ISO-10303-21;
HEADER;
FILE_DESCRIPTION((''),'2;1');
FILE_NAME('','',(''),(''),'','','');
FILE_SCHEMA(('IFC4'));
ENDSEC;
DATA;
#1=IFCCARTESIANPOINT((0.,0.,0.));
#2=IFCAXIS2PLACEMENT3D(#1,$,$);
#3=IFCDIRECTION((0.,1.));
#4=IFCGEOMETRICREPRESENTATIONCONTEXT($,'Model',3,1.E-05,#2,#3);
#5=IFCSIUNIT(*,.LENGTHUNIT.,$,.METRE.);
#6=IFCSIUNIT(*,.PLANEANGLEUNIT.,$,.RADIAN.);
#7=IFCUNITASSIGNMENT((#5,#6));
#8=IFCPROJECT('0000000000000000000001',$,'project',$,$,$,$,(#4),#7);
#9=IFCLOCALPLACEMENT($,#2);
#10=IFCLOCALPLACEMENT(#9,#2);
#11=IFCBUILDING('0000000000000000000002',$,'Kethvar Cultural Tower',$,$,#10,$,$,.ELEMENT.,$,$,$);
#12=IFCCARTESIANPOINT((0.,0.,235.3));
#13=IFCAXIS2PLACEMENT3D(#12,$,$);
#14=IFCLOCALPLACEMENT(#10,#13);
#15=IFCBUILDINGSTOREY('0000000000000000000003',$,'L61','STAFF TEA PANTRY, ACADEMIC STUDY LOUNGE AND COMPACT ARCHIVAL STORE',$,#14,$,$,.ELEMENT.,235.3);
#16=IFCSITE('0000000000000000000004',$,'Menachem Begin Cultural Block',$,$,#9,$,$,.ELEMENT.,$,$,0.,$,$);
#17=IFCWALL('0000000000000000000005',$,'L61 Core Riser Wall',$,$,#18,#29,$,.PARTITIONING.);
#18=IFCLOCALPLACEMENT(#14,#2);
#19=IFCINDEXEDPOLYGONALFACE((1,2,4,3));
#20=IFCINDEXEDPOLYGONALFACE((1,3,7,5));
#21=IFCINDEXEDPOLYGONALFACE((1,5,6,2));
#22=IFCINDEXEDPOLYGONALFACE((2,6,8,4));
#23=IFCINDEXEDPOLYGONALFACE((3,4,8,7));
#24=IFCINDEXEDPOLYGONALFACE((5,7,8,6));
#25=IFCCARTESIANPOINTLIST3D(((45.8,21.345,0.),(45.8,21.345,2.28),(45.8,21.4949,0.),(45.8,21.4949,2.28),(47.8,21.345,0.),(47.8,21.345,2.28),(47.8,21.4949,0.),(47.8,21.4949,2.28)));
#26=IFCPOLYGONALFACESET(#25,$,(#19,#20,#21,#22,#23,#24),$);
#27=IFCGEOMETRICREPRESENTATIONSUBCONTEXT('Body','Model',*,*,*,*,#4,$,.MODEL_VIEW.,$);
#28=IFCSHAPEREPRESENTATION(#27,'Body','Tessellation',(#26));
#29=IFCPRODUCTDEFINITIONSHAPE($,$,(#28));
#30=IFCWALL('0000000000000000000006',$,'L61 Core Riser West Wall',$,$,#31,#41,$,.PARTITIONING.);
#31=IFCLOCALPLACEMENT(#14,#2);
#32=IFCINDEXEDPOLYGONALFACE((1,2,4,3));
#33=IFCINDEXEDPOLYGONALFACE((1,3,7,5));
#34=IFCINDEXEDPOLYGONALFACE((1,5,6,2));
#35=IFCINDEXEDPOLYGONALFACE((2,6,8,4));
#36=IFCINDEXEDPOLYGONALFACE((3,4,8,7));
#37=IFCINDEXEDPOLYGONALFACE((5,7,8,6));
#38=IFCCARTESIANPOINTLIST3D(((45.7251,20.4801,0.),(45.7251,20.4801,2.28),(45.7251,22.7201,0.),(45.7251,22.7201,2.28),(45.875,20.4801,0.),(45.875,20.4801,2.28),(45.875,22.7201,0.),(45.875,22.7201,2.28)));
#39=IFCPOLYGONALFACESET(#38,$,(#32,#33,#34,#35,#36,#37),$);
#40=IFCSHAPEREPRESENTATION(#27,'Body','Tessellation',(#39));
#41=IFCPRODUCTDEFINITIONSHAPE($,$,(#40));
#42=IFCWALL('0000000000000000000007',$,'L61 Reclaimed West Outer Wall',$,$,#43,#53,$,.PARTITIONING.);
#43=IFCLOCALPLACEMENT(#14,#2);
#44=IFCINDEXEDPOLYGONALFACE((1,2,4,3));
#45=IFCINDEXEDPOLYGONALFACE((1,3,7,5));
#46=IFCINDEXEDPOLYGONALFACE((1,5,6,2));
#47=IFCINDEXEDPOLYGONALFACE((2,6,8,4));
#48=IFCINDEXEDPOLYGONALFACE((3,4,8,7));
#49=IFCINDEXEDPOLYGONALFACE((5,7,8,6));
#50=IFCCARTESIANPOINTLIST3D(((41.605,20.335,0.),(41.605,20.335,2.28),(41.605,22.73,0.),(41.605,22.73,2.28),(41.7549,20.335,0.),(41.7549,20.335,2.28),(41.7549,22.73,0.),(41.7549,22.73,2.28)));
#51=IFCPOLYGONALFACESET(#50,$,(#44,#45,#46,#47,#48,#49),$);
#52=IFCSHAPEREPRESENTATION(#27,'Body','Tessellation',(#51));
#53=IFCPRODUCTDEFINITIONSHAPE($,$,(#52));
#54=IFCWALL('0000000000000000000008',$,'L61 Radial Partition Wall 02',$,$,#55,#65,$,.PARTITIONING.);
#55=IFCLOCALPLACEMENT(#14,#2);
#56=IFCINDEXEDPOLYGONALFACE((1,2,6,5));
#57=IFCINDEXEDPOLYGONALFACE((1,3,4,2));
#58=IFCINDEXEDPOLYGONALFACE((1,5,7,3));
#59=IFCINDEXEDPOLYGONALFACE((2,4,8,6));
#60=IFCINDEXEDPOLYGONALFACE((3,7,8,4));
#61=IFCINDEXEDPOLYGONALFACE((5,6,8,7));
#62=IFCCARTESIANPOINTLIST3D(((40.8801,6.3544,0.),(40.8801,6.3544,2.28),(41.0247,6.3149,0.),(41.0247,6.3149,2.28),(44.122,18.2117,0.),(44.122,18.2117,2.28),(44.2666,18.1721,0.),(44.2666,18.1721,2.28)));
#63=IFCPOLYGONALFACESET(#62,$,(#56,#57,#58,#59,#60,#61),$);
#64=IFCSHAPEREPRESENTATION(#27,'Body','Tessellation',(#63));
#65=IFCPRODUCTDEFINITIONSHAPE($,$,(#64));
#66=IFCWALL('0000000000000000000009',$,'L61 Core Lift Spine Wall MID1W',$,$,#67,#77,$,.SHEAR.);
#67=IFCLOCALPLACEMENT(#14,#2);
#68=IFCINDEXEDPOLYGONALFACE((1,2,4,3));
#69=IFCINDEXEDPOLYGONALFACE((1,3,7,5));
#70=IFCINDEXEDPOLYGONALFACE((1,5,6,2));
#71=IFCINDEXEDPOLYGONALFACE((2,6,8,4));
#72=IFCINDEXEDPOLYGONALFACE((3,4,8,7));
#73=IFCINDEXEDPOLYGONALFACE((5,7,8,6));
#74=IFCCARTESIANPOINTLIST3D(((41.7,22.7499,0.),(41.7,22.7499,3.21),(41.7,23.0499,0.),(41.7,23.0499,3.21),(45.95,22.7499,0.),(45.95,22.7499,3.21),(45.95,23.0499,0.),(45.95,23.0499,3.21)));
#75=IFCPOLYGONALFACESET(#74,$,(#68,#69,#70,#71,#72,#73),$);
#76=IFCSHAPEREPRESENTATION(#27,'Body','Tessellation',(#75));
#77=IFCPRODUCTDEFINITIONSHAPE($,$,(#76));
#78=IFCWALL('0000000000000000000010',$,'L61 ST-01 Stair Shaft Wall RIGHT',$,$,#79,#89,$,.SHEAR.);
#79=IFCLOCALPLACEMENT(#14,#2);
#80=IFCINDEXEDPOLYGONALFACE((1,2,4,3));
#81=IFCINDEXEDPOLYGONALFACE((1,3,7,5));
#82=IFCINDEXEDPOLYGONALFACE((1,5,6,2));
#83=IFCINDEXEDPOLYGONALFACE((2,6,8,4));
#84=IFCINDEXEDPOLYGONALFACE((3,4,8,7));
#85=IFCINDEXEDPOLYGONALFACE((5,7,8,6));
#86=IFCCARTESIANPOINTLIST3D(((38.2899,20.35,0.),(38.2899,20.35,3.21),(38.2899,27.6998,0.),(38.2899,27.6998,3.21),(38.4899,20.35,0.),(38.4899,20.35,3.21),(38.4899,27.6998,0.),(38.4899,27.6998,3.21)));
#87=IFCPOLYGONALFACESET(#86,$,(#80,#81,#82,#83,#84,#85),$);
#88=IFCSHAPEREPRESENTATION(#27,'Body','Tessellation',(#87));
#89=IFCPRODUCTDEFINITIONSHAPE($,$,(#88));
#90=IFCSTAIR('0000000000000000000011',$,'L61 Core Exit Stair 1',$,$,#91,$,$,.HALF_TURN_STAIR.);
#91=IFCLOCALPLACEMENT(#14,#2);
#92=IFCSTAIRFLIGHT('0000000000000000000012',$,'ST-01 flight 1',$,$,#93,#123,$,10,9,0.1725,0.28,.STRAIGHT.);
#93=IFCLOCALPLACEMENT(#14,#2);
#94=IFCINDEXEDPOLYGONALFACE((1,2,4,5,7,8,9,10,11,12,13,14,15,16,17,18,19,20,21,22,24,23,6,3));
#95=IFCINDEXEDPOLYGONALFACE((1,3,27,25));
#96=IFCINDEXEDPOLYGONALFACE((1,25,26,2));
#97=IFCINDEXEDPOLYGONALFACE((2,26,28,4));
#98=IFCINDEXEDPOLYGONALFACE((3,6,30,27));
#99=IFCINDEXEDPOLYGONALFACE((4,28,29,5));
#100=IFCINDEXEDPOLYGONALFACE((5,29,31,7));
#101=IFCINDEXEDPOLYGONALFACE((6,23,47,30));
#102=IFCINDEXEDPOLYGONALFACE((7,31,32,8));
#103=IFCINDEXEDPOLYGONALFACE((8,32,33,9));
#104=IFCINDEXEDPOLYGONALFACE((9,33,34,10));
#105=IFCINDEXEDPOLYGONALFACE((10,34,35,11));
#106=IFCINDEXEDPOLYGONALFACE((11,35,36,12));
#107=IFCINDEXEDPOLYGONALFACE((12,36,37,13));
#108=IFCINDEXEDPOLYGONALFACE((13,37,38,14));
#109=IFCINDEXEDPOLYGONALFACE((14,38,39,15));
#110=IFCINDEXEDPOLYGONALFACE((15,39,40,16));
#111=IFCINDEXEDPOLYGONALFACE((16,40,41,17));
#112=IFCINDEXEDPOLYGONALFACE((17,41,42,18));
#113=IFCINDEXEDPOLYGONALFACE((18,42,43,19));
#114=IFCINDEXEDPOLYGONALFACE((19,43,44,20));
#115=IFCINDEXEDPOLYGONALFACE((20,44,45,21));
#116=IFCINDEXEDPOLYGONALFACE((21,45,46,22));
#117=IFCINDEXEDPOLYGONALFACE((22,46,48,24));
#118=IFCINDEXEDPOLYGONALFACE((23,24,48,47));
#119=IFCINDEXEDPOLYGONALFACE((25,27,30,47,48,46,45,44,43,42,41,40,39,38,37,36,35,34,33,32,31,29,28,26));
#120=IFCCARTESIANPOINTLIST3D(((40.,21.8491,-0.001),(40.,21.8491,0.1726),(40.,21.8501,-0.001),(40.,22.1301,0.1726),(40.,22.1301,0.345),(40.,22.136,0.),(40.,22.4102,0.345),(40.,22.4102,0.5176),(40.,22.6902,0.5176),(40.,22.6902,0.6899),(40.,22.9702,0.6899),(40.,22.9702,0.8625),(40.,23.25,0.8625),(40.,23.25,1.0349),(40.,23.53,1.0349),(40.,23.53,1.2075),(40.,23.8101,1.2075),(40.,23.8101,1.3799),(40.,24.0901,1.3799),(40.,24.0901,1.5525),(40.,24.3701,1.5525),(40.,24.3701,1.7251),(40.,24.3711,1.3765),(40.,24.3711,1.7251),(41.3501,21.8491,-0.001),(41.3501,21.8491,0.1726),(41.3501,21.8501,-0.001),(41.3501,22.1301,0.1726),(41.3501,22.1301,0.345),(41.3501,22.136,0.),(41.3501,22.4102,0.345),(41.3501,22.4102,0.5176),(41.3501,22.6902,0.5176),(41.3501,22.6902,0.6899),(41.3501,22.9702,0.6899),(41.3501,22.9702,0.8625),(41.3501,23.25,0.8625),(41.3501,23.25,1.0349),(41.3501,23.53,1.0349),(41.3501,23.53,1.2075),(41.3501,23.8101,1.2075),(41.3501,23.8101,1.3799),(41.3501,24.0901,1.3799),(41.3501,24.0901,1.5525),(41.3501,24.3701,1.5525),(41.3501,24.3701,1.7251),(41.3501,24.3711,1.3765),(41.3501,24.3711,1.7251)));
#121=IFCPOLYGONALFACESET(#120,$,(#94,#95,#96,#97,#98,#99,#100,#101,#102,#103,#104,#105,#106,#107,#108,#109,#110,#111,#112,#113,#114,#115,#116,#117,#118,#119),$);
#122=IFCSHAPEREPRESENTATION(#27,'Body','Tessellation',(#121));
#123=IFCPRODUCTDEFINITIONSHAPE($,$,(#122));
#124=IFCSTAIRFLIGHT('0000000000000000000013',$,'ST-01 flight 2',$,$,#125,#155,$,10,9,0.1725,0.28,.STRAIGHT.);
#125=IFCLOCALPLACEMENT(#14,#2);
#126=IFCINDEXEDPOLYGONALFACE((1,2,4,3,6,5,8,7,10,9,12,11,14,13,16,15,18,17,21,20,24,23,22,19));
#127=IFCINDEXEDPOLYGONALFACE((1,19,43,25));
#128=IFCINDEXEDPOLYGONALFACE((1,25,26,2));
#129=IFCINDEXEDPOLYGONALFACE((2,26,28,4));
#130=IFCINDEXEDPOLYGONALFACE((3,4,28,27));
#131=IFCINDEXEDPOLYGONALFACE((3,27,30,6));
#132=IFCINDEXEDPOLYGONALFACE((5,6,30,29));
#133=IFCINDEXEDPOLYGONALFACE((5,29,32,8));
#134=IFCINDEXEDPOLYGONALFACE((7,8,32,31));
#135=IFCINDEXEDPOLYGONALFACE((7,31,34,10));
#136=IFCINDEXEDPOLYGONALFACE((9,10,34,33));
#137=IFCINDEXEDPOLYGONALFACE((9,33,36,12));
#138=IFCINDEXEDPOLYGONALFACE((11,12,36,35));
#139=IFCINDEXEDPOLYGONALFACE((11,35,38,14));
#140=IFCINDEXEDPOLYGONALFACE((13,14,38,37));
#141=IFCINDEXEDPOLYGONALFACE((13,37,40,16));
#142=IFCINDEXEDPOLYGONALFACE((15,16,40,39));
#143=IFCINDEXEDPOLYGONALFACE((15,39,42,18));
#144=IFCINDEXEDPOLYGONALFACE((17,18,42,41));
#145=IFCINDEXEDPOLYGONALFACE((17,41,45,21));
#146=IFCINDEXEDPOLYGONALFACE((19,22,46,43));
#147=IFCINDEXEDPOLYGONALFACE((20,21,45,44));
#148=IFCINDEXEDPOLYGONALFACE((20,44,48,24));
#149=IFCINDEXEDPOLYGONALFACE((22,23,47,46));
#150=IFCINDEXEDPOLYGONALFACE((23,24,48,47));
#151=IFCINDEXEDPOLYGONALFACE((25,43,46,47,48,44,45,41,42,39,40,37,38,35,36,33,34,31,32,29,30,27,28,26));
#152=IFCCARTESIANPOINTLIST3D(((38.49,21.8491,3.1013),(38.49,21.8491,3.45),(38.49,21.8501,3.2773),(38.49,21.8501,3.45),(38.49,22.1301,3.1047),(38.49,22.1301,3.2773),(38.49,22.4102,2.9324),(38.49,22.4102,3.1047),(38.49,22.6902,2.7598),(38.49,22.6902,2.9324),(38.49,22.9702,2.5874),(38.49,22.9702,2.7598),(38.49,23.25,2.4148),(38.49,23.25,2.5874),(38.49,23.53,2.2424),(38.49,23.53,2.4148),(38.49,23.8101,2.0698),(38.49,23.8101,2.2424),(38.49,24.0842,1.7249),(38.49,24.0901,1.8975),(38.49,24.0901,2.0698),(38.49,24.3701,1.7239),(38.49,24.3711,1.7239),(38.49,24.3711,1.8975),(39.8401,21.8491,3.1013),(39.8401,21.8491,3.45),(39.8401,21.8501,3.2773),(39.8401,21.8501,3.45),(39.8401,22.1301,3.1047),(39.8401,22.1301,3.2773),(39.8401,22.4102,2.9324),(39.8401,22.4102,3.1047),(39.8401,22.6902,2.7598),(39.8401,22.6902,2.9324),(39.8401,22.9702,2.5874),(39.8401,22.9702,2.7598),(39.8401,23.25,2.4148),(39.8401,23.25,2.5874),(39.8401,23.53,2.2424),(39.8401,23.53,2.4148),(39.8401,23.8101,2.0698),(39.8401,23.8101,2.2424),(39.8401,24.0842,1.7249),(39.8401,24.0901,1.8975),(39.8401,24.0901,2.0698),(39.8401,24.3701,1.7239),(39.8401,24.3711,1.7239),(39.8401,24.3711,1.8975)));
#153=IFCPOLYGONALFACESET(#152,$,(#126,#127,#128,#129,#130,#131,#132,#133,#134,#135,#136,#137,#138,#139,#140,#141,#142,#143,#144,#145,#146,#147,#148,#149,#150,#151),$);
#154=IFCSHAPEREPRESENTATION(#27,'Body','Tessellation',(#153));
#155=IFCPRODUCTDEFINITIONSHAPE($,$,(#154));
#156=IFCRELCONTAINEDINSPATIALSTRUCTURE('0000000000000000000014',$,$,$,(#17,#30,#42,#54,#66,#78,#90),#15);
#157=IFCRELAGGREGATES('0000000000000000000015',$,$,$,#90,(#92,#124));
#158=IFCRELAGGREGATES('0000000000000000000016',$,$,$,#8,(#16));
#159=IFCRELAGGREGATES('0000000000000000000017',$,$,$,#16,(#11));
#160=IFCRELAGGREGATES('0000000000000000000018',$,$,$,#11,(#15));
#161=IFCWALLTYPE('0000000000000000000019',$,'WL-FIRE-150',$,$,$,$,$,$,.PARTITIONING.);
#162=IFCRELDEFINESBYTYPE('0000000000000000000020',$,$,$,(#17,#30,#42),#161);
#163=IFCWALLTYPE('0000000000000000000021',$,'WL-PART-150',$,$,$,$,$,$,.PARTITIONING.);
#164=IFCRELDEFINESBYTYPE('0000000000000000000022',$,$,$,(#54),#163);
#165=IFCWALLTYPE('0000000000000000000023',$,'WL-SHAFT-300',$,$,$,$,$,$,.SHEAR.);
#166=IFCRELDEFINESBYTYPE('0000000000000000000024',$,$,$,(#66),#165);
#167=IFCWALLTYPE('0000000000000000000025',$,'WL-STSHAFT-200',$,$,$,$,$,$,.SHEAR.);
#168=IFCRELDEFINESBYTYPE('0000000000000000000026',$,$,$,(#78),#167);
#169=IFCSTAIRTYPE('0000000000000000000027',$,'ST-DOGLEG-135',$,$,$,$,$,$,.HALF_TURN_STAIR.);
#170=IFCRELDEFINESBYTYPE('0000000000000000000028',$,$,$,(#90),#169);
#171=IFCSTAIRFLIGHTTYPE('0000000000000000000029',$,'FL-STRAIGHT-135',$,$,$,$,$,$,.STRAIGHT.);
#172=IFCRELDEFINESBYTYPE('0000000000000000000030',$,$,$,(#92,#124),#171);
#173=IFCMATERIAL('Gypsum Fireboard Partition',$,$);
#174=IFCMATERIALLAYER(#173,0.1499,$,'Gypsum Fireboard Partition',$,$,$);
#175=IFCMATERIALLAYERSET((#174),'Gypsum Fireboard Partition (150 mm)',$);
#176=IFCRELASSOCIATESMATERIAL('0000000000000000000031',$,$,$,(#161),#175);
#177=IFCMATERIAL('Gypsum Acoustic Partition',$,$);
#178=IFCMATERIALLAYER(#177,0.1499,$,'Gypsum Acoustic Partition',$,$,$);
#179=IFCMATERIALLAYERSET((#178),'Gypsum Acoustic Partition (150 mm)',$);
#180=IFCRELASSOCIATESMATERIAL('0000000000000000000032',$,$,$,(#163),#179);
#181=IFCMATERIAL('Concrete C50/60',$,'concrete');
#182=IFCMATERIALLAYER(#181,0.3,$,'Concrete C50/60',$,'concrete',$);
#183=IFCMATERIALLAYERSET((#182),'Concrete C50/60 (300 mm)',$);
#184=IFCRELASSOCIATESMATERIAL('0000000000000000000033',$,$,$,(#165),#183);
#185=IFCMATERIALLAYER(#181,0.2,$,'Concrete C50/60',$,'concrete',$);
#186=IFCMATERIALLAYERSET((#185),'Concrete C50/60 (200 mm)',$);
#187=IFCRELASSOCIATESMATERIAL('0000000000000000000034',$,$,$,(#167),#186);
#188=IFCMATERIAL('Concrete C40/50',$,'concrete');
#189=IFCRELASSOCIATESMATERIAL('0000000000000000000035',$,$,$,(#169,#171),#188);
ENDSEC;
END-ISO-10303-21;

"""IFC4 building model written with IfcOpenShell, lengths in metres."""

from ifc_helpers import new_model, si_unit, direction, frame, frame_2d, origin, place, context, subcontext, project, spatial, polyline, rectangle, outline, extrude, material, layer, layer_set, type_object, element, aggregate, save


model = new_model("IFC4")

# Units and contexts
model_context = context("Model", 3, precision=1e-05, world=origin(), true_north=direction((0.0, 1.0)))
body_context = subcontext(model_context, "Body", "Model", "MODEL_VIEW")
ifc_project = project(units=[si_unit("LENGTHUNIT", "METRE"), si_unit("PLANEANGLEUNIT", "RADIAN")], contexts=[model_context])

# Site, building, storey
site_placement = place(None, origin())
site = spatial("IfcSite", under=ifc_project, at=site_placement, Name="Menachem Begin Cultural Block", CompositionType="ELEMENT", RefElevation=0.0)
building_placement = place(site_placement, origin())
building = spatial("IfcBuilding", under=site, at=building_placement, Name="Kethvar Cultural Tower", CompositionType="ELEMENT")
storey_placement = place(building_placement, frame((0.0, 0.0, 235.3)))
storey = spatial("IfcBuildingStorey", under=building, at=storey_placement, Name="L61", Description="STAFF TEA PANTRY, ACADEMIC STUDY LOUNGE AND COMPACT ARCHIVAL STORE", CompositionType="ELEMENT", Elevation=235.3)

# Shared definitions
ifc_material_1 = material(Name="Concrete C50/60", Category="concrete")

# Walls
ifc_material_2 = material(Name="Gypsum Fireboard Partition")
ifc_layer_1 = layer(ifc_material_2, 0.1499, Name="Gypsum Fireboard Partition")
ifc_layer_set_1 = layer_set([ifc_layer_1], Name="Gypsum Fireboard Partition (150 mm)")
wall_type_1 = type_object("IfcWallType", Name="WL-FIRE-150", PredefinedType="PARTITIONING", material=ifc_layer_set_1)
wall_1_placement = place(storey_placement, frame((45.8, 21.4199, 0.0), z_axis=(0.0, 0.0, 1.0), x_axis=(1.0, 0.0, 0.0)))
element("IfcWall", 1, at=wall_1_placement, inside=storey, type_object=wall_type_1, Name="L61 Core Riser Wall", PredefinedType="PARTITIONING", context=body_context, shape_type="SweptSolid", body=[
    extrude(rectangle(XDim=2.0, YDim=0.1499, at=frame_2d((1.0, 0.0))), origin(), (0.0, 0.0, 1.0), 2.28),
])
wall_2_placement = place(storey_placement, frame((45.8, 20.48, 0.0), z_axis=(0.0, 0.0, 1.0), x_axis=(0.0, 1.0, 0.0)))
element("IfcWall", 2, at=wall_2_placement, inside=storey, type_object=wall_type_1, Name="L61 Core Riser West Wall", PredefinedType="PARTITIONING", context=body_context, shape_type="SweptSolid", body=[
    extrude(rectangle(XDim=2.24, YDim=0.1499, at=frame_2d((1.1201, 0.0))), origin(), (0.0, 0.0, 1.0), 2.28),
])
wall_3_placement = place(storey_placement, frame((41.6799, 20.335, 0.0), z_axis=(0.0, 0.0, 1.0), x_axis=(0.0, 1.0, 0.0)))
element("IfcWall", 3, at=wall_3_placement, inside=storey, type_object=wall_type_1, Name="L61 Reclaimed West Outer Wall", PredefinedType="PARTITIONING", context=body_context, shape_type="SweptSolid", body=[
    extrude(rectangle(XDim=2.395, YDim=0.1499, at=frame_2d((1.1975, 0.0))), origin(), (0.0, 0.0, 1.0), 2.28),
])

# Walls
ifc_material_3 = material(Name="Gypsum Acoustic Partition")
ifc_layer_2 = layer(ifc_material_3, 0.1499, Name="Gypsum Acoustic Partition")
ifc_layer_set_2 = layer_set([ifc_layer_2], Name="Gypsum Acoustic Partition (150 mm)")
wall_type_2 = type_object("IfcWallType", Name="WL-PART-150", PredefinedType="PARTITIONING", material=ifc_layer_set_2)
wall_4_placement = place(storey_placement, frame((44.1943, 18.1919, 0.0), z_axis=(0.0, 0.0, 1.0), x_axis=(-0.263736, -0.964595, 0.0)))
element("IfcWall", 4, at=wall_4_placement, inside=storey, type_object=wall_type_2, Name="L61 Radial Partition Wall 02", PredefinedType="PARTITIONING", context=body_context, shape_type="SweptSolid", body=[
    extrude(rectangle(XDim=12.2925, YDim=0.1499, at=frame_2d((6.1462, 0.0))), origin(), (0.0, 0.0, 1.0), 2.28),
])
ifc_layer_3 = layer(ifc_material_1, 0.3, Name="Concrete C50/60", Category="concrete")
ifc_layer_set_3 = layer_set([ifc_layer_3], Name="Concrete C50/60 (300 mm)")
wall_type_3 = type_object("IfcWallType", Name="WL-SHAFT-300", PredefinedType="SHEAR", material=ifc_layer_set_3)
wall_5_placement = place(storey_placement, frame((41.7, 22.8999, 0.0), z_axis=(0.0, 0.0, 1.0), x_axis=(1.0, 0.0, 0.0)))
element("IfcWall", 5, at=wall_5_placement, inside=storey, type_object=wall_type_3, Name="L61 Core Lift Spine Wall MID1W", PredefinedType="SHEAR", context=body_context, shape_type="SweptSolid", body=[
    extrude(rectangle(XDim=4.25, YDim=0.3, at=frame_2d((2.125, 0.0))), origin(), (0.0, 0.0, 1.0), 3.21),
])
ifc_layer_4 = layer(ifc_material_1, 0.2, Name="Concrete C50/60", Category="concrete")
ifc_layer_set_4 = layer_set([ifc_layer_4], Name="Concrete C50/60 (200 mm)")
wall_type_4 = type_object("IfcWallType", Name="WL-STSHAFT-200", PredefinedType="SHEAR", material=ifc_layer_set_4)
wall_6_placement = place(storey_placement, frame((38.3899, 20.3501, 0.0), z_axis=(0.0, 0.0, 1.0), x_axis=(0.0, 1.0, 0.0)))
element("IfcWall", 6, at=wall_6_placement, inside=storey, type_object=wall_type_4, Name="L61 ST-01 Stair Shaft Wall RIGHT", PredefinedType="SHEAR", context=body_context, shape_type="SweptSolid", body=[
    extrude(rectangle(XDim=7.3499, YDim=0.2, at=frame_2d((3.6748, 0.0))), origin(), (0.0, 0.0, 1.0), 3.21),
])

# Stair, stair flights
ifc_material_4 = material(Name="Concrete C40/50", Category="concrete")
stair_type = type_object("IfcStairType", Name="ST-DOGLEG-135", PredefinedType="HALF_TURN_STAIR", material=ifc_material_4)
stair_placement = place(storey_placement, origin())
stair = element("IfcStair", 7, at=stair_placement, inside=storey, type_object=stair_type, Name="L61 Core Exit Stair 1", PredefinedType="HALF_TURN_STAIR")
stair_flight_type = type_object("IfcStairFlightType", Name="FL-STRAIGHT-135", PredefinedType="STRAIGHT", material=ifc_material_4)
stair_flight_1_placement = place(storey_placement, frame((40.675, 21.8501, 0.0), z_axis=(0.0, 0.0, 1.0), x_axis=(0.0, 1.0, 0.0)))
stair_flight_1 = element("IfcStairFlight", 8, at=stair_flight_1_placement, type_object=stair_flight_type, Name="ST-01 flight 1", NumberOfRisers=10, NumberOfTreads=9, PredefinedType="STRAIGHT", RiserHeight=0.1725, TreadLength=0.28, context=body_context, shape_type="SweptSolid", body=[
    extrude(outline(polyline([(-0.001, -0.001), (-0.001, 0.1726), (0.28, 0.1726), (0.28, 0.345), (0.5601, 0.345), (0.5601, 0.5176), (0.8401, 0.5176), (0.8401, 0.6899), (1.1201, 0.6899), (1.1201, 0.8625), (1.3999, 0.8625), (1.3999, 1.0349), (1.6799, 1.0349), (1.6799, 1.2075), (1.96, 1.2075), (1.96, 1.3799), (2.24, 1.3799), (2.24, 1.5525), (2.52, 1.5525), (2.52, 1.7251), (2.521, 1.7251), (2.521, 1.3765), (0.2859, 0.0), (0.0, -0.001), (-0.001, -0.001)])), frame((0.0, 0.675, 0.0), z_axis=(0.0, -1.0, 0.0), x_axis=(1.0, 0.0, 0.0)), (0.0, 0.0, 1.0), 1.3501),
])
stair_flight_2_placement = place(storey_placement, frame((39.165, 24.3701, 1.7249), z_axis=(0.0, 0.0, 1.0), x_axis=(0.0, -1.0, 0.0)))
stair_flight_2 = element("IfcStairFlight", 9, at=stair_flight_2_placement, type_object=stair_flight_type, Name="ST-01 flight 2", NumberOfRisers=10, NumberOfTreads=9, PredefinedType="STRAIGHT", RiserHeight=0.1725, TreadLength=0.28, context=body_context, shape_type="SweptSolid", body=[
    extrude(outline(polyline([(-0.001, -0.001), (-0.001, 0.1726), (0.28, 0.1726), (0.28, 0.345), (0.5601, 0.345), (0.5601, 0.5176), (0.8401, 0.5176), (0.8401, 0.6899), (1.1201, 0.6899), (1.1201, 0.8625), (1.3999, 0.8625), (1.3999, 1.0349), (1.6799, 1.0349), (1.6799, 1.2075), (1.96, 1.2075), (1.96, 1.3799), (2.24, 1.3799), (2.24, 1.5525), (2.52, 1.5525), (2.52, 1.7251), (2.521, 1.7251), (2.521, 1.3765), (0.2859, 0.0), (0.0, -0.001), (-0.001, -0.001)])), frame((0.0, 0.675, 0.0), z_axis=(0.0, -1.0, 0.0), x_axis=(1.0, 0.0, 0.0)), (0.0, 0.0, 1.0), 1.3501),
])
aggregate(stair, [stair_flight_1, stair_flight_2])

save(model, "model.ifc")
